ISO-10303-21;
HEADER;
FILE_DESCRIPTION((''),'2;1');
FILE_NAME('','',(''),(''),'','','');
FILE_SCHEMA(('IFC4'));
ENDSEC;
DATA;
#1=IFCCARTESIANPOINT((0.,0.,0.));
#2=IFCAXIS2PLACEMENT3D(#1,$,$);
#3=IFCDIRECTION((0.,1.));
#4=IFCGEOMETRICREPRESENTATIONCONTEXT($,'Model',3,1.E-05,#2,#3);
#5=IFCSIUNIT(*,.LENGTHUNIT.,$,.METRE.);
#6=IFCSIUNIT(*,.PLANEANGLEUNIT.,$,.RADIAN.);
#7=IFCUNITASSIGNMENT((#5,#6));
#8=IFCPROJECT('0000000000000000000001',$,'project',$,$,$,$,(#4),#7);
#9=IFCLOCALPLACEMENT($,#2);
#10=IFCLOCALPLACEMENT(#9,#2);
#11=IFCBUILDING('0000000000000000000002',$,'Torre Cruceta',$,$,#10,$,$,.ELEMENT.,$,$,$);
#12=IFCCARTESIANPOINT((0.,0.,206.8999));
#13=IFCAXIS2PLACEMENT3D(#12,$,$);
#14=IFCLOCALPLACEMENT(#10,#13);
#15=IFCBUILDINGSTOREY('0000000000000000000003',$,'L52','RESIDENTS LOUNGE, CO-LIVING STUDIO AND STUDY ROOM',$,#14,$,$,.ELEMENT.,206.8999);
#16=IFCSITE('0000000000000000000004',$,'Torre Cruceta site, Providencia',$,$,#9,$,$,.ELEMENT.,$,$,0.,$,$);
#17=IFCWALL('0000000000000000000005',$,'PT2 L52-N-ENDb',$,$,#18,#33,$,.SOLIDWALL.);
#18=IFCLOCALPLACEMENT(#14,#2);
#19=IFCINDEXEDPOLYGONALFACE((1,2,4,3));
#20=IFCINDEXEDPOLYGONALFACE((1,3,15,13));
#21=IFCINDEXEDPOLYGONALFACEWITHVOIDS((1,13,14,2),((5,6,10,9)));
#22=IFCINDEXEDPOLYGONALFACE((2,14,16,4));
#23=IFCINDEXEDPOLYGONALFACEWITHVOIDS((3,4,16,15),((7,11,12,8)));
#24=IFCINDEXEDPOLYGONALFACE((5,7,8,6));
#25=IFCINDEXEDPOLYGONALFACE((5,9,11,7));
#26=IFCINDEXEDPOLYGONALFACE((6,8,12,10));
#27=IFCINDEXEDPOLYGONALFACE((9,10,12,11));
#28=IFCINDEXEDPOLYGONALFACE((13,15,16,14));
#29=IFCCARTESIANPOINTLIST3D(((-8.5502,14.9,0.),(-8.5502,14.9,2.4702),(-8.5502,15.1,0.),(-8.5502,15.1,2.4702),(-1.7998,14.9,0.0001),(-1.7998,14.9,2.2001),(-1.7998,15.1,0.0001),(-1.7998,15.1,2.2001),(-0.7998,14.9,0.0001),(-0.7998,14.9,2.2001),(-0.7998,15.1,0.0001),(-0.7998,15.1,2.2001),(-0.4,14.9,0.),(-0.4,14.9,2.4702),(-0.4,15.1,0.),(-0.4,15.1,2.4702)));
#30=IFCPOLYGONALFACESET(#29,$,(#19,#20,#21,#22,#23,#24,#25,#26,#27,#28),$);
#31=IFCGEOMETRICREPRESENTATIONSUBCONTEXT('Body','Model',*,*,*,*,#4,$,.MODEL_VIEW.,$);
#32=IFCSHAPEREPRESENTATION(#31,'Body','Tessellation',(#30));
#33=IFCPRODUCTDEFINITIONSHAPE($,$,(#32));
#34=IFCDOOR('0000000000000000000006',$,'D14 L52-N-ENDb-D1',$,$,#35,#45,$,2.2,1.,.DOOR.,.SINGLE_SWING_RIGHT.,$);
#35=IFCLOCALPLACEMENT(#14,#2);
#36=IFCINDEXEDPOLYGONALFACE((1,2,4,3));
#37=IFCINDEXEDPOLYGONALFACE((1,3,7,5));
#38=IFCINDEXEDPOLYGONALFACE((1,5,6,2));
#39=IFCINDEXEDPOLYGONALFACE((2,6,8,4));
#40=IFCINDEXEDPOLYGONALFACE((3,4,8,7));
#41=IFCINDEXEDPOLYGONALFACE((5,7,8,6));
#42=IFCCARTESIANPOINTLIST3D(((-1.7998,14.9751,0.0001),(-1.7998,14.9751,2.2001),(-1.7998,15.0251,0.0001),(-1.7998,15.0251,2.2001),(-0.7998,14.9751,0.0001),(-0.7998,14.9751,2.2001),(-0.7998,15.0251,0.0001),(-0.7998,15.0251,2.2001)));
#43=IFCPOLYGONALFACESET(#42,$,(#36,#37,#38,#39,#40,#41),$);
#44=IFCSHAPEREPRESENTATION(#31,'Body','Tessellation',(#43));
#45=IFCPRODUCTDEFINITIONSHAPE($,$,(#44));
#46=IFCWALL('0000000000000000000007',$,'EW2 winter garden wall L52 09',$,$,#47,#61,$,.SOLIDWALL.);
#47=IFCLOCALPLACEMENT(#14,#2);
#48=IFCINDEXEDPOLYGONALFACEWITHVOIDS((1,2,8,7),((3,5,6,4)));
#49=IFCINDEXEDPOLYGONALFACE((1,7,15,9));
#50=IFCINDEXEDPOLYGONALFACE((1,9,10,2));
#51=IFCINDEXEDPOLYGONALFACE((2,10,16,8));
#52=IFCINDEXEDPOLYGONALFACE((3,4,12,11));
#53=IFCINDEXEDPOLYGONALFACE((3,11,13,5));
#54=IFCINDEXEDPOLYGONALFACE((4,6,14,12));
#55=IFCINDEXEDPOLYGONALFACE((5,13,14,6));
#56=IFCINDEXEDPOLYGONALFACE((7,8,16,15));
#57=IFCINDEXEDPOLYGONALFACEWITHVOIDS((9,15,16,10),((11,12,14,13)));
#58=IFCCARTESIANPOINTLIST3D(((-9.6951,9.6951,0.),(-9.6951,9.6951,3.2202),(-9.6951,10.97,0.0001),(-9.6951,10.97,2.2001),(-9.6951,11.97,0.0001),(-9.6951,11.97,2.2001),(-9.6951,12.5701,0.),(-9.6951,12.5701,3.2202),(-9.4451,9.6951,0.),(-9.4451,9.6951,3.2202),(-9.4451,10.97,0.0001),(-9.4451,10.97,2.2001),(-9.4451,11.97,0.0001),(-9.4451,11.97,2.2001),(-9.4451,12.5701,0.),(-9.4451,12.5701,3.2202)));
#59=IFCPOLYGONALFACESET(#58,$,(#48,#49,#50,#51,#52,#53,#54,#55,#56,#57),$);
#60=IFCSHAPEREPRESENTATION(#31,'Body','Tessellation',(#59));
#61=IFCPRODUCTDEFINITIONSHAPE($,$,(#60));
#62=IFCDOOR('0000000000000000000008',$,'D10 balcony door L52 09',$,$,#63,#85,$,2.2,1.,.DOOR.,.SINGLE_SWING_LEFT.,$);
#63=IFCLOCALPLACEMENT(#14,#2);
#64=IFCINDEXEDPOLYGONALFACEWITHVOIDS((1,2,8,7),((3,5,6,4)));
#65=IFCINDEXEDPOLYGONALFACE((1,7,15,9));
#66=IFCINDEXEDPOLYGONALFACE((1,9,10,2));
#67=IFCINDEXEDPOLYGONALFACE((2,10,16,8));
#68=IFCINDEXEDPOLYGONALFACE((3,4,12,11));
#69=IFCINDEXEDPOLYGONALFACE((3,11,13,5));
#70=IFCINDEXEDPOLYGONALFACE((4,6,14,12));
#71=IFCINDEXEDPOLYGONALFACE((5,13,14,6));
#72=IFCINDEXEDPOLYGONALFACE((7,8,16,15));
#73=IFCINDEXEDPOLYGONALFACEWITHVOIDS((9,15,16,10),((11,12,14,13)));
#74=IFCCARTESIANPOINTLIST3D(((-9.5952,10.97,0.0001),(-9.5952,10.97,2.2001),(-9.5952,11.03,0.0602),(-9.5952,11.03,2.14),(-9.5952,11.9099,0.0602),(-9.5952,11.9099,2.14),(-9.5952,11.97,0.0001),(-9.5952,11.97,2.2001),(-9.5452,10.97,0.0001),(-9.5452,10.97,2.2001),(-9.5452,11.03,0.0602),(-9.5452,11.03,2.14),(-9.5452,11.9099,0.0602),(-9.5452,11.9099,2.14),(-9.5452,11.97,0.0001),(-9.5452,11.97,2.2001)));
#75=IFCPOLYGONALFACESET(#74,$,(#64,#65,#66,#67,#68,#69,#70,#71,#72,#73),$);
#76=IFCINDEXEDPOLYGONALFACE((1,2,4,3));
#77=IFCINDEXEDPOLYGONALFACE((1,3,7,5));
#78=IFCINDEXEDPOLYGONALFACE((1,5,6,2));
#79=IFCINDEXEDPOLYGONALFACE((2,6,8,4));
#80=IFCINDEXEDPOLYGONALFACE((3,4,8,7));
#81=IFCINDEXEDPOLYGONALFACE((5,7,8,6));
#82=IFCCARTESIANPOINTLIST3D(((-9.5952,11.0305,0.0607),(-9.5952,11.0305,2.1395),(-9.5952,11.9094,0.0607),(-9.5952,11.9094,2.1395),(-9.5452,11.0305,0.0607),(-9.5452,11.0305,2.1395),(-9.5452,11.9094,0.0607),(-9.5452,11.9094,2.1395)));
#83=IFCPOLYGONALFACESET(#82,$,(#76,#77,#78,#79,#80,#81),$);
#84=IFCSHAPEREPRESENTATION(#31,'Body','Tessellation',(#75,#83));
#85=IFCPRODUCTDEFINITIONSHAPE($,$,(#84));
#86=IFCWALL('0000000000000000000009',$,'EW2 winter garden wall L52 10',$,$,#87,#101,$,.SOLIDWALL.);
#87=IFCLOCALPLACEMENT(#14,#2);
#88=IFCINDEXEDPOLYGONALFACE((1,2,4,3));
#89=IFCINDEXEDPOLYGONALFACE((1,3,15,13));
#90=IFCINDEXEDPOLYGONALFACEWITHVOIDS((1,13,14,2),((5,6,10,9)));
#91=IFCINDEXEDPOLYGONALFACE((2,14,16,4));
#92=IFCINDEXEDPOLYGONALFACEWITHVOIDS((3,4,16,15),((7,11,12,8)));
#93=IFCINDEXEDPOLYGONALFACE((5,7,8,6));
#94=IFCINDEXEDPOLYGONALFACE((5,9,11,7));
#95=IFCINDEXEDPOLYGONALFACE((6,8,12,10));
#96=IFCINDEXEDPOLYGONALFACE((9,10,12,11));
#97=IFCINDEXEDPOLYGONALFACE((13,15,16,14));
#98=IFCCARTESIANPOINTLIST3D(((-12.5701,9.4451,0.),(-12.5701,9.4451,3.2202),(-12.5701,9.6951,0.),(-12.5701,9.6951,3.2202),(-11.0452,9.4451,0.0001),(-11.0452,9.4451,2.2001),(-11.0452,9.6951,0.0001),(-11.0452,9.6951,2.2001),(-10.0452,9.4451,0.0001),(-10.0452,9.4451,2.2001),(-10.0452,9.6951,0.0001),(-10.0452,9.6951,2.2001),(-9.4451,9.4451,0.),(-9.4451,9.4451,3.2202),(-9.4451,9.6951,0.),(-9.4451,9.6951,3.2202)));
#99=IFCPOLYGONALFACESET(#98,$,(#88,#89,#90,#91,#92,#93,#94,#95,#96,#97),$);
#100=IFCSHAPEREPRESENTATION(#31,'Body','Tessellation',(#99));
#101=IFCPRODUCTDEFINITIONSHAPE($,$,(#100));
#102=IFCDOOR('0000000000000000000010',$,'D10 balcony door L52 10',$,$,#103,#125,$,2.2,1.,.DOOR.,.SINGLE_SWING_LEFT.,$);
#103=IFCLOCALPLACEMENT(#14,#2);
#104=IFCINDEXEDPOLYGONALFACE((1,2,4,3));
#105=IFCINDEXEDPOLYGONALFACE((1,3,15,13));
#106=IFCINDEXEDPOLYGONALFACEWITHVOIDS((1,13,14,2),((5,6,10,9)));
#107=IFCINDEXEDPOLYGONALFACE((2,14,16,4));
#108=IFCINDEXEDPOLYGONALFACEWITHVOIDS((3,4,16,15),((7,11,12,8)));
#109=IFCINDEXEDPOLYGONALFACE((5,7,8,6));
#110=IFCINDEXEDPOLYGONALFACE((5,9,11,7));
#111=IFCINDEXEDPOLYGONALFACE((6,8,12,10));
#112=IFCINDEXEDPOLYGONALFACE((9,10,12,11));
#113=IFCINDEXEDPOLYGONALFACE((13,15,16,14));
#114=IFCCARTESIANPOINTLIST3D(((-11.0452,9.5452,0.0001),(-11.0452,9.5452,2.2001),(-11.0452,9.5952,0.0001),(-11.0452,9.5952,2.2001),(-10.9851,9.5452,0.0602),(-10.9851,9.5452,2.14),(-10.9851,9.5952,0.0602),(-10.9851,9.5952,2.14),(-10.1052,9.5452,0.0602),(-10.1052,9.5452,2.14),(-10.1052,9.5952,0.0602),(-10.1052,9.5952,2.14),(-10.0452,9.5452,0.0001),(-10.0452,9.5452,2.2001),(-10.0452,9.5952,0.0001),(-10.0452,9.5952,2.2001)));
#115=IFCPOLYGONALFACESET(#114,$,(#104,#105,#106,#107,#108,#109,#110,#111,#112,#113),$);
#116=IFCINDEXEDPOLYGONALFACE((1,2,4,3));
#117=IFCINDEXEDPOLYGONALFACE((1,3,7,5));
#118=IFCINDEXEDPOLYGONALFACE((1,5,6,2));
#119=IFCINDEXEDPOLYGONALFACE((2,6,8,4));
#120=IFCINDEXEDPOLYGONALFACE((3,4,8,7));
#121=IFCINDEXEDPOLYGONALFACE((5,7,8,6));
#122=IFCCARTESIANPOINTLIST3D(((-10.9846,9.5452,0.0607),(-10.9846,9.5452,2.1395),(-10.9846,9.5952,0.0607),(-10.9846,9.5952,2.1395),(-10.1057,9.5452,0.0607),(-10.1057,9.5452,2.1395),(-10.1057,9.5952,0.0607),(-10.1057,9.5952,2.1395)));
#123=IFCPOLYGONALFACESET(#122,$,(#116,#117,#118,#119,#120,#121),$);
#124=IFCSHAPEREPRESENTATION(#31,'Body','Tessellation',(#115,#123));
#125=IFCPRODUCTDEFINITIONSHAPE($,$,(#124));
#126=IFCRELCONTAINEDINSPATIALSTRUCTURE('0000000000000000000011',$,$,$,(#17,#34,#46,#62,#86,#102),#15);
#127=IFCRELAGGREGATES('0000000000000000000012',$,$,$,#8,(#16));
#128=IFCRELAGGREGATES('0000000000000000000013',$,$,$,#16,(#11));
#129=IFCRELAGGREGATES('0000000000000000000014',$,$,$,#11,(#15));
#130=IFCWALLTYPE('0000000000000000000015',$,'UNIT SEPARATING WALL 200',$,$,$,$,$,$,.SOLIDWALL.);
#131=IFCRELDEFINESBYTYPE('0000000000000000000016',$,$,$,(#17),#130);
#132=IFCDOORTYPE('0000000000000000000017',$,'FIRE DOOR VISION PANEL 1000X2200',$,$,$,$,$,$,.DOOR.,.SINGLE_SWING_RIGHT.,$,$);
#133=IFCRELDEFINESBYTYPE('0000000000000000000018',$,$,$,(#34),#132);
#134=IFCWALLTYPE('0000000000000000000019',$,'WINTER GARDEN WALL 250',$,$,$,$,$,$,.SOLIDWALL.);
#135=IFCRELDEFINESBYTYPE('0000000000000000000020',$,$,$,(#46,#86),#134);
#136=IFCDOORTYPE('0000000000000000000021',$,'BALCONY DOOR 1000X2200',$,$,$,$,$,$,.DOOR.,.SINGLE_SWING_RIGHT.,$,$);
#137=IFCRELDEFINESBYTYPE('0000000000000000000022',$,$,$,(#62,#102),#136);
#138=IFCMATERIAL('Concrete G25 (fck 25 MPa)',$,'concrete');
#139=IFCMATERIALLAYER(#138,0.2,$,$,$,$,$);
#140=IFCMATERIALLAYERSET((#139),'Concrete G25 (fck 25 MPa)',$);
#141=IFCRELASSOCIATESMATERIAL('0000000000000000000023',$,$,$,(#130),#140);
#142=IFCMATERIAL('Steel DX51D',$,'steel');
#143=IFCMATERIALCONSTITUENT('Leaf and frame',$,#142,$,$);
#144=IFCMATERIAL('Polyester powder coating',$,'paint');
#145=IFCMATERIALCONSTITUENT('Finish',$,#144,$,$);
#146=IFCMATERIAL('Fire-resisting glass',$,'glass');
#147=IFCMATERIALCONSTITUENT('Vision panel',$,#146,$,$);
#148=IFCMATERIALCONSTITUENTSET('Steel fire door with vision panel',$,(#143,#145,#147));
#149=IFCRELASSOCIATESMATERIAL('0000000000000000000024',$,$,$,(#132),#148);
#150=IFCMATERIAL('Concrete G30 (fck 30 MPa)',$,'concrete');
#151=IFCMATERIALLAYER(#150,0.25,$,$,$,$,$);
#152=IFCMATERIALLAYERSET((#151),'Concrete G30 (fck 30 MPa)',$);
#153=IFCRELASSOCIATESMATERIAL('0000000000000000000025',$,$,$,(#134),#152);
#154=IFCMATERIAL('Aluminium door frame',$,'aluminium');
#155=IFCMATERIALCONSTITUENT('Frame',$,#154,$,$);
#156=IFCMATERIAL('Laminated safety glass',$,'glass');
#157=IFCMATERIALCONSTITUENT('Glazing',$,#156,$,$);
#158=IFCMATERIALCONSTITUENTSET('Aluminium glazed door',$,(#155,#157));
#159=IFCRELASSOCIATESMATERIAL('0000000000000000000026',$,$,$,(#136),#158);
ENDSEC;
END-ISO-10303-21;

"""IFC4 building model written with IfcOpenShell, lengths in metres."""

from ifc_helpers import new_model, si_unit, direction, frame, frame_2d, origin, place, context, subcontext, project, spatial, rectangle, hollow_rectangle, extrude, material, layer, layer_set, constituent, constituent_set, type_object, element, fill, save


model = new_model("IFC4")

# Units and contexts
model_context = context("Model", 3, precision=1e-05, world=origin(), true_north=direction((0.0, 1.0)))
body_context = subcontext(model_context, "Body", "Model", "MODEL_VIEW")
ifc_project = project(units=[si_unit("LENGTHUNIT", "METRE"), si_unit("PLANEANGLEUNIT", "RADIAN")], contexts=[model_context])

# Site, building, storey
site_placement = place(None, origin())
site = spatial("IfcSite", under=ifc_project, at=site_placement, Name="Torre Cruceta site, Providencia", CompositionType="ELEMENT", RefElevation=0.0)
building_placement = place(site_placement, origin())
building = spatial("IfcBuilding", under=site, at=building_placement, Name="Torre Cruceta", CompositionType="ELEMENT")
storey_placement = place(building_placement, frame((0.0, 0.0, 206.8999)))
storey = spatial("IfcBuildingStorey", under=building, at=storey_placement, Name="L52", Description="RESIDENTS LOUNGE, CO-LIVING STUDIO AND STUDY ROOM", CompositionType="ELEMENT", Elevation=206.8999)

# Walls, openings, doors
ifc_material_1 = material(Name="Concrete G25 (fck 25 MPa)", Category="concrete")
ifc_layer_1 = layer(ifc_material_1, 0.2)
ifc_layer_set_1 = layer_set([ifc_layer_1], Name="Concrete G25 (fck 25 MPa)")
wall_type_1 = type_object("IfcWallType", Name="UNIT SEPARATING WALL 200", PredefinedType="SOLIDWALL", material=ifc_layer_set_1)
wall_1_placement = place(storey_placement, frame((-0.3999, 15.0, 0.0), z_axis=(0.0, 0.0, 1.0), x_axis=(-1.0, 0.0, 0.0)))
wall_1 = element("IfcWall", 1, at=wall_1_placement, inside=storey, type_object=wall_type_1, Name="PT2 L52-N-ENDb", PredefinedType="SOLIDWALL", context=body_context, shape_type="SweptSolid", body=[
    extrude(rectangle(XDim=8.1501, YDim=0.2, at=frame_2d((4.0752, 0.0))), origin(), (0.0, 0.0, 1.0), 2.4702),
])
opening_1_placement = place(wall_1_placement, frame((0.3999, 0.0, 0.0)))
opening_1 = element("IfcOpeningElement", 2, at=opening_1_placement, cuts=wall_1, PredefinedType="OPENING", context=body_context, shape_type="SweptSolid", body=[
    extrude(rectangle(XDim=1.0, YDim=2.2, at=frame_2d((0.5, 1.1001))), frame((0.0, 0.1099, 0.0), z_axis=(0.0, -1.0, 0.0), x_axis=(1.0, 0.0, 0.0)), (0.0, 0.0, 1.0), 0.22),
])
ifc_material_2 = material(Name="Steel DX51D", Category="steel")
ifc_constituent_1 = constituent(ifc_material_2, Name="Leaf and frame")
ifc_material_3 = material(Name="Polyester powder coating", Category="paint")
ifc_constituent_2 = constituent(ifc_material_3, Name="Finish")
ifc_material_4 = material(Name="Fire-resisting glass", Category="glass")
ifc_constituent_3 = constituent(ifc_material_4, Name="Vision panel")
ifc_constituent_set_1 = constituent_set(constituents=[ifc_constituent_1, ifc_constituent_2, ifc_constituent_3], Name="Steel fire door with vision panel")
door_type_1 = type_object("IfcDoorType", Name="FIRE DOOR VISION PANEL 1000X2200", OperationType="SINGLE_SWING_RIGHT", PredefinedType="DOOR", material=ifc_constituent_set_1)
door_1_placement = place(opening_1_placement, frame((1.0, 0.0, 0.0), z_axis=(0.0, 0.0, 1.0), x_axis=(-1.0, 0.0, 0.0)))
door_1 = element("IfcDoor", 3, at=door_1_placement, inside=storey, type_object=door_type_1, Name="D14 L52-N-ENDb-D1", OperationType="SINGLE_SWING_RIGHT", OverallHeight=2.2, OverallWidth=1.0, PredefinedType="DOOR", context=body_context, shape_type="SweptSolid", body=[
    extrude(rectangle(XDim=1.0, YDim=2.2, at=frame_2d((0.5, 1.1001))), frame((0.0, 0.0251, 0.0), z_axis=(0.0, -1.0, 0.0), x_axis=(1.0, 0.0, 0.0)), (0.0, 0.0, 1.0), 0.05),
])
fill(opening_1, door_1)
ifc_material_5 = material(Name="Concrete G30 (fck 30 MPa)", Category="concrete")
ifc_layer_2 = layer(ifc_material_5, 0.25)
ifc_layer_set_2 = layer_set([ifc_layer_2], Name="Concrete G30 (fck 30 MPa)")
wall_type_2 = type_object("IfcWallType", Name="WINTER GARDEN WALL 250", PredefinedType="SOLIDWALL", material=ifc_layer_set_2)
wall_2_placement = place(storey_placement, frame((-9.5701, 12.5701, 0.0), z_axis=(0.0, 0.0, 1.0), x_axis=(0.0, -1.0, 0.0)))
wall_2 = element("IfcWall", 4, at=wall_2_placement, inside=storey, type_object=wall_type_2, Name="EW2 winter garden wall L52 09", PredefinedType="SOLIDWALL", context=body_context, shape_type="SweptSolid", body=[
    extrude(rectangle(XDim=2.875, YDim=0.25, at=frame_2d((1.4375, 0.0))), origin(), (0.0, 0.0, 1.0), 3.2202),
])
opening_2_placement = place(wall_2_placement, frame((0.6001, 0.0, 0.0)))
opening_2 = element("IfcOpeningElement", 5, at=opening_2_placement, cuts=wall_2, PredefinedType="OPENING", context=body_context, shape_type="SweptSolid", body=[
    extrude(rectangle(XDim=1.0, YDim=2.2, at=frame_2d((0.5, 1.1001))), frame((0.0, 0.135, 0.0), z_axis=(0.0, -1.0, 0.0), x_axis=(1.0, 0.0, 0.0)), (0.0, 0.0, 1.0), 0.27),
])
ifc_material_6 = material(Name="Aluminium door frame", Category="aluminium")
ifc_constituent_4 = constituent(ifc_material_6, Name="Frame")
ifc_material_7 = material(Name="Laminated safety glass", Category="glass")
ifc_constituent_5 = constituent(ifc_material_7, Name="Glazing")
ifc_constituent_set_2 = constituent_set(constituents=[ifc_constituent_4, ifc_constituent_5], Name="Aluminium glazed door")
door_type_2 = type_object("IfcDoorType", Name="BALCONY DOOR 1000X2200", OperationType="SINGLE_SWING_RIGHT", PredefinedType="DOOR", material=ifc_constituent_set_2)
door_2_placement = place(opening_2_placement, origin())
door_2 = element("IfcDoor", 6, at=door_2_placement, inside=storey, type_object=door_type_2, Name="D10 balcony door L52 09", OperationType="SINGLE_SWING_LEFT", OverallHeight=2.2, OverallWidth=1.0, PredefinedType="DOOR", context=body_context, shape_type="SweptSolid", body=[
    extrude(hollow_rectangle(XDim=1.0, YDim=2.2, WallThickness=0.0601, at=frame_2d((0.5, 1.1001))), frame((0.0, 0.0249, 0.0), z_axis=(0.0, -1.0, 0.0), x_axis=(1.0, 0.0, 0.0)), (0.0, 0.0, 1.0), 0.05),
    extrude(rectangle(XDim=0.8789, YDim=2.0789, at=frame_2d((0.5, 1.1001))), frame((0.0, 0.0249, 0.0), z_axis=(0.0, -1.0, 0.0), x_axis=(1.0, 0.0, 0.0)), (0.0, 0.0, 1.0), 0.05),
])
fill(opening_2, door_2)
wall_3_placement = place(storey_placement, frame((-9.4451, 9.5701, 0.0), z_axis=(0.0, 0.0, 1.0), x_axis=(-1.0, 0.0, 0.0)))
wall_3 = element("IfcWall", 7, at=wall_3_placement, inside=storey, type_object=wall_type_2, Name="EW2 winter garden wall L52 10", PredefinedType="SOLIDWALL", context=body_context, shape_type="SweptSolid", body=[
    extrude(rectangle(XDim=3.125, YDim=0.25, at=frame_2d((1.5625, 0.0))), origin(), (0.0, 0.0, 1.0), 3.2202),
])
opening_3_placement = place(wall_3_placement, frame((0.6001, 0.0, 0.0)))
opening_3 = element("IfcOpeningElement", 8, at=opening_3_placement, cuts=wall_3, PredefinedType="OPENING", context=body_context, shape_type="SweptSolid", body=[
    extrude(rectangle(XDim=1.0, YDim=2.2, at=frame_2d((0.5, 1.1001))), frame((0.0, 0.135, 0.0), z_axis=(0.0, -1.0, 0.0), x_axis=(1.0, 0.0, 0.0)), (0.0, 0.0, 1.0), 0.27),
])
door_3_placement = place(opening_3_placement, origin())
door_3 = element("IfcDoor", 9, at=door_3_placement, inside=storey, type_object=door_type_2, Name="D10 balcony door L52 10", OperationType="SINGLE_SWING_LEFT", OverallHeight=2.2, OverallWidth=1.0, PredefinedType="DOOR", context=body_context, shape_type="SweptSolid", body=[
    extrude(hollow_rectangle(XDim=1.0, YDim=2.2, WallThickness=0.0601, at=frame_2d((0.5, 1.1001))), frame((0.0, 0.0249, 0.0), z_axis=(0.0, -1.0, 0.0), x_axis=(1.0, 0.0, 0.0)), (0.0, 0.0, 1.0), 0.05),
    extrude(rectangle(XDim=0.8789, YDim=2.0789, at=frame_2d((0.5, 1.1001))), frame((0.0, 0.0249, 0.0), z_axis=(0.0, -1.0, 0.0), x_axis=(1.0, 0.0, 0.0)), (0.0, 0.0, 1.0), 0.05),
])
fill(opening_3, door_3)

save(model, "model.ifc")
